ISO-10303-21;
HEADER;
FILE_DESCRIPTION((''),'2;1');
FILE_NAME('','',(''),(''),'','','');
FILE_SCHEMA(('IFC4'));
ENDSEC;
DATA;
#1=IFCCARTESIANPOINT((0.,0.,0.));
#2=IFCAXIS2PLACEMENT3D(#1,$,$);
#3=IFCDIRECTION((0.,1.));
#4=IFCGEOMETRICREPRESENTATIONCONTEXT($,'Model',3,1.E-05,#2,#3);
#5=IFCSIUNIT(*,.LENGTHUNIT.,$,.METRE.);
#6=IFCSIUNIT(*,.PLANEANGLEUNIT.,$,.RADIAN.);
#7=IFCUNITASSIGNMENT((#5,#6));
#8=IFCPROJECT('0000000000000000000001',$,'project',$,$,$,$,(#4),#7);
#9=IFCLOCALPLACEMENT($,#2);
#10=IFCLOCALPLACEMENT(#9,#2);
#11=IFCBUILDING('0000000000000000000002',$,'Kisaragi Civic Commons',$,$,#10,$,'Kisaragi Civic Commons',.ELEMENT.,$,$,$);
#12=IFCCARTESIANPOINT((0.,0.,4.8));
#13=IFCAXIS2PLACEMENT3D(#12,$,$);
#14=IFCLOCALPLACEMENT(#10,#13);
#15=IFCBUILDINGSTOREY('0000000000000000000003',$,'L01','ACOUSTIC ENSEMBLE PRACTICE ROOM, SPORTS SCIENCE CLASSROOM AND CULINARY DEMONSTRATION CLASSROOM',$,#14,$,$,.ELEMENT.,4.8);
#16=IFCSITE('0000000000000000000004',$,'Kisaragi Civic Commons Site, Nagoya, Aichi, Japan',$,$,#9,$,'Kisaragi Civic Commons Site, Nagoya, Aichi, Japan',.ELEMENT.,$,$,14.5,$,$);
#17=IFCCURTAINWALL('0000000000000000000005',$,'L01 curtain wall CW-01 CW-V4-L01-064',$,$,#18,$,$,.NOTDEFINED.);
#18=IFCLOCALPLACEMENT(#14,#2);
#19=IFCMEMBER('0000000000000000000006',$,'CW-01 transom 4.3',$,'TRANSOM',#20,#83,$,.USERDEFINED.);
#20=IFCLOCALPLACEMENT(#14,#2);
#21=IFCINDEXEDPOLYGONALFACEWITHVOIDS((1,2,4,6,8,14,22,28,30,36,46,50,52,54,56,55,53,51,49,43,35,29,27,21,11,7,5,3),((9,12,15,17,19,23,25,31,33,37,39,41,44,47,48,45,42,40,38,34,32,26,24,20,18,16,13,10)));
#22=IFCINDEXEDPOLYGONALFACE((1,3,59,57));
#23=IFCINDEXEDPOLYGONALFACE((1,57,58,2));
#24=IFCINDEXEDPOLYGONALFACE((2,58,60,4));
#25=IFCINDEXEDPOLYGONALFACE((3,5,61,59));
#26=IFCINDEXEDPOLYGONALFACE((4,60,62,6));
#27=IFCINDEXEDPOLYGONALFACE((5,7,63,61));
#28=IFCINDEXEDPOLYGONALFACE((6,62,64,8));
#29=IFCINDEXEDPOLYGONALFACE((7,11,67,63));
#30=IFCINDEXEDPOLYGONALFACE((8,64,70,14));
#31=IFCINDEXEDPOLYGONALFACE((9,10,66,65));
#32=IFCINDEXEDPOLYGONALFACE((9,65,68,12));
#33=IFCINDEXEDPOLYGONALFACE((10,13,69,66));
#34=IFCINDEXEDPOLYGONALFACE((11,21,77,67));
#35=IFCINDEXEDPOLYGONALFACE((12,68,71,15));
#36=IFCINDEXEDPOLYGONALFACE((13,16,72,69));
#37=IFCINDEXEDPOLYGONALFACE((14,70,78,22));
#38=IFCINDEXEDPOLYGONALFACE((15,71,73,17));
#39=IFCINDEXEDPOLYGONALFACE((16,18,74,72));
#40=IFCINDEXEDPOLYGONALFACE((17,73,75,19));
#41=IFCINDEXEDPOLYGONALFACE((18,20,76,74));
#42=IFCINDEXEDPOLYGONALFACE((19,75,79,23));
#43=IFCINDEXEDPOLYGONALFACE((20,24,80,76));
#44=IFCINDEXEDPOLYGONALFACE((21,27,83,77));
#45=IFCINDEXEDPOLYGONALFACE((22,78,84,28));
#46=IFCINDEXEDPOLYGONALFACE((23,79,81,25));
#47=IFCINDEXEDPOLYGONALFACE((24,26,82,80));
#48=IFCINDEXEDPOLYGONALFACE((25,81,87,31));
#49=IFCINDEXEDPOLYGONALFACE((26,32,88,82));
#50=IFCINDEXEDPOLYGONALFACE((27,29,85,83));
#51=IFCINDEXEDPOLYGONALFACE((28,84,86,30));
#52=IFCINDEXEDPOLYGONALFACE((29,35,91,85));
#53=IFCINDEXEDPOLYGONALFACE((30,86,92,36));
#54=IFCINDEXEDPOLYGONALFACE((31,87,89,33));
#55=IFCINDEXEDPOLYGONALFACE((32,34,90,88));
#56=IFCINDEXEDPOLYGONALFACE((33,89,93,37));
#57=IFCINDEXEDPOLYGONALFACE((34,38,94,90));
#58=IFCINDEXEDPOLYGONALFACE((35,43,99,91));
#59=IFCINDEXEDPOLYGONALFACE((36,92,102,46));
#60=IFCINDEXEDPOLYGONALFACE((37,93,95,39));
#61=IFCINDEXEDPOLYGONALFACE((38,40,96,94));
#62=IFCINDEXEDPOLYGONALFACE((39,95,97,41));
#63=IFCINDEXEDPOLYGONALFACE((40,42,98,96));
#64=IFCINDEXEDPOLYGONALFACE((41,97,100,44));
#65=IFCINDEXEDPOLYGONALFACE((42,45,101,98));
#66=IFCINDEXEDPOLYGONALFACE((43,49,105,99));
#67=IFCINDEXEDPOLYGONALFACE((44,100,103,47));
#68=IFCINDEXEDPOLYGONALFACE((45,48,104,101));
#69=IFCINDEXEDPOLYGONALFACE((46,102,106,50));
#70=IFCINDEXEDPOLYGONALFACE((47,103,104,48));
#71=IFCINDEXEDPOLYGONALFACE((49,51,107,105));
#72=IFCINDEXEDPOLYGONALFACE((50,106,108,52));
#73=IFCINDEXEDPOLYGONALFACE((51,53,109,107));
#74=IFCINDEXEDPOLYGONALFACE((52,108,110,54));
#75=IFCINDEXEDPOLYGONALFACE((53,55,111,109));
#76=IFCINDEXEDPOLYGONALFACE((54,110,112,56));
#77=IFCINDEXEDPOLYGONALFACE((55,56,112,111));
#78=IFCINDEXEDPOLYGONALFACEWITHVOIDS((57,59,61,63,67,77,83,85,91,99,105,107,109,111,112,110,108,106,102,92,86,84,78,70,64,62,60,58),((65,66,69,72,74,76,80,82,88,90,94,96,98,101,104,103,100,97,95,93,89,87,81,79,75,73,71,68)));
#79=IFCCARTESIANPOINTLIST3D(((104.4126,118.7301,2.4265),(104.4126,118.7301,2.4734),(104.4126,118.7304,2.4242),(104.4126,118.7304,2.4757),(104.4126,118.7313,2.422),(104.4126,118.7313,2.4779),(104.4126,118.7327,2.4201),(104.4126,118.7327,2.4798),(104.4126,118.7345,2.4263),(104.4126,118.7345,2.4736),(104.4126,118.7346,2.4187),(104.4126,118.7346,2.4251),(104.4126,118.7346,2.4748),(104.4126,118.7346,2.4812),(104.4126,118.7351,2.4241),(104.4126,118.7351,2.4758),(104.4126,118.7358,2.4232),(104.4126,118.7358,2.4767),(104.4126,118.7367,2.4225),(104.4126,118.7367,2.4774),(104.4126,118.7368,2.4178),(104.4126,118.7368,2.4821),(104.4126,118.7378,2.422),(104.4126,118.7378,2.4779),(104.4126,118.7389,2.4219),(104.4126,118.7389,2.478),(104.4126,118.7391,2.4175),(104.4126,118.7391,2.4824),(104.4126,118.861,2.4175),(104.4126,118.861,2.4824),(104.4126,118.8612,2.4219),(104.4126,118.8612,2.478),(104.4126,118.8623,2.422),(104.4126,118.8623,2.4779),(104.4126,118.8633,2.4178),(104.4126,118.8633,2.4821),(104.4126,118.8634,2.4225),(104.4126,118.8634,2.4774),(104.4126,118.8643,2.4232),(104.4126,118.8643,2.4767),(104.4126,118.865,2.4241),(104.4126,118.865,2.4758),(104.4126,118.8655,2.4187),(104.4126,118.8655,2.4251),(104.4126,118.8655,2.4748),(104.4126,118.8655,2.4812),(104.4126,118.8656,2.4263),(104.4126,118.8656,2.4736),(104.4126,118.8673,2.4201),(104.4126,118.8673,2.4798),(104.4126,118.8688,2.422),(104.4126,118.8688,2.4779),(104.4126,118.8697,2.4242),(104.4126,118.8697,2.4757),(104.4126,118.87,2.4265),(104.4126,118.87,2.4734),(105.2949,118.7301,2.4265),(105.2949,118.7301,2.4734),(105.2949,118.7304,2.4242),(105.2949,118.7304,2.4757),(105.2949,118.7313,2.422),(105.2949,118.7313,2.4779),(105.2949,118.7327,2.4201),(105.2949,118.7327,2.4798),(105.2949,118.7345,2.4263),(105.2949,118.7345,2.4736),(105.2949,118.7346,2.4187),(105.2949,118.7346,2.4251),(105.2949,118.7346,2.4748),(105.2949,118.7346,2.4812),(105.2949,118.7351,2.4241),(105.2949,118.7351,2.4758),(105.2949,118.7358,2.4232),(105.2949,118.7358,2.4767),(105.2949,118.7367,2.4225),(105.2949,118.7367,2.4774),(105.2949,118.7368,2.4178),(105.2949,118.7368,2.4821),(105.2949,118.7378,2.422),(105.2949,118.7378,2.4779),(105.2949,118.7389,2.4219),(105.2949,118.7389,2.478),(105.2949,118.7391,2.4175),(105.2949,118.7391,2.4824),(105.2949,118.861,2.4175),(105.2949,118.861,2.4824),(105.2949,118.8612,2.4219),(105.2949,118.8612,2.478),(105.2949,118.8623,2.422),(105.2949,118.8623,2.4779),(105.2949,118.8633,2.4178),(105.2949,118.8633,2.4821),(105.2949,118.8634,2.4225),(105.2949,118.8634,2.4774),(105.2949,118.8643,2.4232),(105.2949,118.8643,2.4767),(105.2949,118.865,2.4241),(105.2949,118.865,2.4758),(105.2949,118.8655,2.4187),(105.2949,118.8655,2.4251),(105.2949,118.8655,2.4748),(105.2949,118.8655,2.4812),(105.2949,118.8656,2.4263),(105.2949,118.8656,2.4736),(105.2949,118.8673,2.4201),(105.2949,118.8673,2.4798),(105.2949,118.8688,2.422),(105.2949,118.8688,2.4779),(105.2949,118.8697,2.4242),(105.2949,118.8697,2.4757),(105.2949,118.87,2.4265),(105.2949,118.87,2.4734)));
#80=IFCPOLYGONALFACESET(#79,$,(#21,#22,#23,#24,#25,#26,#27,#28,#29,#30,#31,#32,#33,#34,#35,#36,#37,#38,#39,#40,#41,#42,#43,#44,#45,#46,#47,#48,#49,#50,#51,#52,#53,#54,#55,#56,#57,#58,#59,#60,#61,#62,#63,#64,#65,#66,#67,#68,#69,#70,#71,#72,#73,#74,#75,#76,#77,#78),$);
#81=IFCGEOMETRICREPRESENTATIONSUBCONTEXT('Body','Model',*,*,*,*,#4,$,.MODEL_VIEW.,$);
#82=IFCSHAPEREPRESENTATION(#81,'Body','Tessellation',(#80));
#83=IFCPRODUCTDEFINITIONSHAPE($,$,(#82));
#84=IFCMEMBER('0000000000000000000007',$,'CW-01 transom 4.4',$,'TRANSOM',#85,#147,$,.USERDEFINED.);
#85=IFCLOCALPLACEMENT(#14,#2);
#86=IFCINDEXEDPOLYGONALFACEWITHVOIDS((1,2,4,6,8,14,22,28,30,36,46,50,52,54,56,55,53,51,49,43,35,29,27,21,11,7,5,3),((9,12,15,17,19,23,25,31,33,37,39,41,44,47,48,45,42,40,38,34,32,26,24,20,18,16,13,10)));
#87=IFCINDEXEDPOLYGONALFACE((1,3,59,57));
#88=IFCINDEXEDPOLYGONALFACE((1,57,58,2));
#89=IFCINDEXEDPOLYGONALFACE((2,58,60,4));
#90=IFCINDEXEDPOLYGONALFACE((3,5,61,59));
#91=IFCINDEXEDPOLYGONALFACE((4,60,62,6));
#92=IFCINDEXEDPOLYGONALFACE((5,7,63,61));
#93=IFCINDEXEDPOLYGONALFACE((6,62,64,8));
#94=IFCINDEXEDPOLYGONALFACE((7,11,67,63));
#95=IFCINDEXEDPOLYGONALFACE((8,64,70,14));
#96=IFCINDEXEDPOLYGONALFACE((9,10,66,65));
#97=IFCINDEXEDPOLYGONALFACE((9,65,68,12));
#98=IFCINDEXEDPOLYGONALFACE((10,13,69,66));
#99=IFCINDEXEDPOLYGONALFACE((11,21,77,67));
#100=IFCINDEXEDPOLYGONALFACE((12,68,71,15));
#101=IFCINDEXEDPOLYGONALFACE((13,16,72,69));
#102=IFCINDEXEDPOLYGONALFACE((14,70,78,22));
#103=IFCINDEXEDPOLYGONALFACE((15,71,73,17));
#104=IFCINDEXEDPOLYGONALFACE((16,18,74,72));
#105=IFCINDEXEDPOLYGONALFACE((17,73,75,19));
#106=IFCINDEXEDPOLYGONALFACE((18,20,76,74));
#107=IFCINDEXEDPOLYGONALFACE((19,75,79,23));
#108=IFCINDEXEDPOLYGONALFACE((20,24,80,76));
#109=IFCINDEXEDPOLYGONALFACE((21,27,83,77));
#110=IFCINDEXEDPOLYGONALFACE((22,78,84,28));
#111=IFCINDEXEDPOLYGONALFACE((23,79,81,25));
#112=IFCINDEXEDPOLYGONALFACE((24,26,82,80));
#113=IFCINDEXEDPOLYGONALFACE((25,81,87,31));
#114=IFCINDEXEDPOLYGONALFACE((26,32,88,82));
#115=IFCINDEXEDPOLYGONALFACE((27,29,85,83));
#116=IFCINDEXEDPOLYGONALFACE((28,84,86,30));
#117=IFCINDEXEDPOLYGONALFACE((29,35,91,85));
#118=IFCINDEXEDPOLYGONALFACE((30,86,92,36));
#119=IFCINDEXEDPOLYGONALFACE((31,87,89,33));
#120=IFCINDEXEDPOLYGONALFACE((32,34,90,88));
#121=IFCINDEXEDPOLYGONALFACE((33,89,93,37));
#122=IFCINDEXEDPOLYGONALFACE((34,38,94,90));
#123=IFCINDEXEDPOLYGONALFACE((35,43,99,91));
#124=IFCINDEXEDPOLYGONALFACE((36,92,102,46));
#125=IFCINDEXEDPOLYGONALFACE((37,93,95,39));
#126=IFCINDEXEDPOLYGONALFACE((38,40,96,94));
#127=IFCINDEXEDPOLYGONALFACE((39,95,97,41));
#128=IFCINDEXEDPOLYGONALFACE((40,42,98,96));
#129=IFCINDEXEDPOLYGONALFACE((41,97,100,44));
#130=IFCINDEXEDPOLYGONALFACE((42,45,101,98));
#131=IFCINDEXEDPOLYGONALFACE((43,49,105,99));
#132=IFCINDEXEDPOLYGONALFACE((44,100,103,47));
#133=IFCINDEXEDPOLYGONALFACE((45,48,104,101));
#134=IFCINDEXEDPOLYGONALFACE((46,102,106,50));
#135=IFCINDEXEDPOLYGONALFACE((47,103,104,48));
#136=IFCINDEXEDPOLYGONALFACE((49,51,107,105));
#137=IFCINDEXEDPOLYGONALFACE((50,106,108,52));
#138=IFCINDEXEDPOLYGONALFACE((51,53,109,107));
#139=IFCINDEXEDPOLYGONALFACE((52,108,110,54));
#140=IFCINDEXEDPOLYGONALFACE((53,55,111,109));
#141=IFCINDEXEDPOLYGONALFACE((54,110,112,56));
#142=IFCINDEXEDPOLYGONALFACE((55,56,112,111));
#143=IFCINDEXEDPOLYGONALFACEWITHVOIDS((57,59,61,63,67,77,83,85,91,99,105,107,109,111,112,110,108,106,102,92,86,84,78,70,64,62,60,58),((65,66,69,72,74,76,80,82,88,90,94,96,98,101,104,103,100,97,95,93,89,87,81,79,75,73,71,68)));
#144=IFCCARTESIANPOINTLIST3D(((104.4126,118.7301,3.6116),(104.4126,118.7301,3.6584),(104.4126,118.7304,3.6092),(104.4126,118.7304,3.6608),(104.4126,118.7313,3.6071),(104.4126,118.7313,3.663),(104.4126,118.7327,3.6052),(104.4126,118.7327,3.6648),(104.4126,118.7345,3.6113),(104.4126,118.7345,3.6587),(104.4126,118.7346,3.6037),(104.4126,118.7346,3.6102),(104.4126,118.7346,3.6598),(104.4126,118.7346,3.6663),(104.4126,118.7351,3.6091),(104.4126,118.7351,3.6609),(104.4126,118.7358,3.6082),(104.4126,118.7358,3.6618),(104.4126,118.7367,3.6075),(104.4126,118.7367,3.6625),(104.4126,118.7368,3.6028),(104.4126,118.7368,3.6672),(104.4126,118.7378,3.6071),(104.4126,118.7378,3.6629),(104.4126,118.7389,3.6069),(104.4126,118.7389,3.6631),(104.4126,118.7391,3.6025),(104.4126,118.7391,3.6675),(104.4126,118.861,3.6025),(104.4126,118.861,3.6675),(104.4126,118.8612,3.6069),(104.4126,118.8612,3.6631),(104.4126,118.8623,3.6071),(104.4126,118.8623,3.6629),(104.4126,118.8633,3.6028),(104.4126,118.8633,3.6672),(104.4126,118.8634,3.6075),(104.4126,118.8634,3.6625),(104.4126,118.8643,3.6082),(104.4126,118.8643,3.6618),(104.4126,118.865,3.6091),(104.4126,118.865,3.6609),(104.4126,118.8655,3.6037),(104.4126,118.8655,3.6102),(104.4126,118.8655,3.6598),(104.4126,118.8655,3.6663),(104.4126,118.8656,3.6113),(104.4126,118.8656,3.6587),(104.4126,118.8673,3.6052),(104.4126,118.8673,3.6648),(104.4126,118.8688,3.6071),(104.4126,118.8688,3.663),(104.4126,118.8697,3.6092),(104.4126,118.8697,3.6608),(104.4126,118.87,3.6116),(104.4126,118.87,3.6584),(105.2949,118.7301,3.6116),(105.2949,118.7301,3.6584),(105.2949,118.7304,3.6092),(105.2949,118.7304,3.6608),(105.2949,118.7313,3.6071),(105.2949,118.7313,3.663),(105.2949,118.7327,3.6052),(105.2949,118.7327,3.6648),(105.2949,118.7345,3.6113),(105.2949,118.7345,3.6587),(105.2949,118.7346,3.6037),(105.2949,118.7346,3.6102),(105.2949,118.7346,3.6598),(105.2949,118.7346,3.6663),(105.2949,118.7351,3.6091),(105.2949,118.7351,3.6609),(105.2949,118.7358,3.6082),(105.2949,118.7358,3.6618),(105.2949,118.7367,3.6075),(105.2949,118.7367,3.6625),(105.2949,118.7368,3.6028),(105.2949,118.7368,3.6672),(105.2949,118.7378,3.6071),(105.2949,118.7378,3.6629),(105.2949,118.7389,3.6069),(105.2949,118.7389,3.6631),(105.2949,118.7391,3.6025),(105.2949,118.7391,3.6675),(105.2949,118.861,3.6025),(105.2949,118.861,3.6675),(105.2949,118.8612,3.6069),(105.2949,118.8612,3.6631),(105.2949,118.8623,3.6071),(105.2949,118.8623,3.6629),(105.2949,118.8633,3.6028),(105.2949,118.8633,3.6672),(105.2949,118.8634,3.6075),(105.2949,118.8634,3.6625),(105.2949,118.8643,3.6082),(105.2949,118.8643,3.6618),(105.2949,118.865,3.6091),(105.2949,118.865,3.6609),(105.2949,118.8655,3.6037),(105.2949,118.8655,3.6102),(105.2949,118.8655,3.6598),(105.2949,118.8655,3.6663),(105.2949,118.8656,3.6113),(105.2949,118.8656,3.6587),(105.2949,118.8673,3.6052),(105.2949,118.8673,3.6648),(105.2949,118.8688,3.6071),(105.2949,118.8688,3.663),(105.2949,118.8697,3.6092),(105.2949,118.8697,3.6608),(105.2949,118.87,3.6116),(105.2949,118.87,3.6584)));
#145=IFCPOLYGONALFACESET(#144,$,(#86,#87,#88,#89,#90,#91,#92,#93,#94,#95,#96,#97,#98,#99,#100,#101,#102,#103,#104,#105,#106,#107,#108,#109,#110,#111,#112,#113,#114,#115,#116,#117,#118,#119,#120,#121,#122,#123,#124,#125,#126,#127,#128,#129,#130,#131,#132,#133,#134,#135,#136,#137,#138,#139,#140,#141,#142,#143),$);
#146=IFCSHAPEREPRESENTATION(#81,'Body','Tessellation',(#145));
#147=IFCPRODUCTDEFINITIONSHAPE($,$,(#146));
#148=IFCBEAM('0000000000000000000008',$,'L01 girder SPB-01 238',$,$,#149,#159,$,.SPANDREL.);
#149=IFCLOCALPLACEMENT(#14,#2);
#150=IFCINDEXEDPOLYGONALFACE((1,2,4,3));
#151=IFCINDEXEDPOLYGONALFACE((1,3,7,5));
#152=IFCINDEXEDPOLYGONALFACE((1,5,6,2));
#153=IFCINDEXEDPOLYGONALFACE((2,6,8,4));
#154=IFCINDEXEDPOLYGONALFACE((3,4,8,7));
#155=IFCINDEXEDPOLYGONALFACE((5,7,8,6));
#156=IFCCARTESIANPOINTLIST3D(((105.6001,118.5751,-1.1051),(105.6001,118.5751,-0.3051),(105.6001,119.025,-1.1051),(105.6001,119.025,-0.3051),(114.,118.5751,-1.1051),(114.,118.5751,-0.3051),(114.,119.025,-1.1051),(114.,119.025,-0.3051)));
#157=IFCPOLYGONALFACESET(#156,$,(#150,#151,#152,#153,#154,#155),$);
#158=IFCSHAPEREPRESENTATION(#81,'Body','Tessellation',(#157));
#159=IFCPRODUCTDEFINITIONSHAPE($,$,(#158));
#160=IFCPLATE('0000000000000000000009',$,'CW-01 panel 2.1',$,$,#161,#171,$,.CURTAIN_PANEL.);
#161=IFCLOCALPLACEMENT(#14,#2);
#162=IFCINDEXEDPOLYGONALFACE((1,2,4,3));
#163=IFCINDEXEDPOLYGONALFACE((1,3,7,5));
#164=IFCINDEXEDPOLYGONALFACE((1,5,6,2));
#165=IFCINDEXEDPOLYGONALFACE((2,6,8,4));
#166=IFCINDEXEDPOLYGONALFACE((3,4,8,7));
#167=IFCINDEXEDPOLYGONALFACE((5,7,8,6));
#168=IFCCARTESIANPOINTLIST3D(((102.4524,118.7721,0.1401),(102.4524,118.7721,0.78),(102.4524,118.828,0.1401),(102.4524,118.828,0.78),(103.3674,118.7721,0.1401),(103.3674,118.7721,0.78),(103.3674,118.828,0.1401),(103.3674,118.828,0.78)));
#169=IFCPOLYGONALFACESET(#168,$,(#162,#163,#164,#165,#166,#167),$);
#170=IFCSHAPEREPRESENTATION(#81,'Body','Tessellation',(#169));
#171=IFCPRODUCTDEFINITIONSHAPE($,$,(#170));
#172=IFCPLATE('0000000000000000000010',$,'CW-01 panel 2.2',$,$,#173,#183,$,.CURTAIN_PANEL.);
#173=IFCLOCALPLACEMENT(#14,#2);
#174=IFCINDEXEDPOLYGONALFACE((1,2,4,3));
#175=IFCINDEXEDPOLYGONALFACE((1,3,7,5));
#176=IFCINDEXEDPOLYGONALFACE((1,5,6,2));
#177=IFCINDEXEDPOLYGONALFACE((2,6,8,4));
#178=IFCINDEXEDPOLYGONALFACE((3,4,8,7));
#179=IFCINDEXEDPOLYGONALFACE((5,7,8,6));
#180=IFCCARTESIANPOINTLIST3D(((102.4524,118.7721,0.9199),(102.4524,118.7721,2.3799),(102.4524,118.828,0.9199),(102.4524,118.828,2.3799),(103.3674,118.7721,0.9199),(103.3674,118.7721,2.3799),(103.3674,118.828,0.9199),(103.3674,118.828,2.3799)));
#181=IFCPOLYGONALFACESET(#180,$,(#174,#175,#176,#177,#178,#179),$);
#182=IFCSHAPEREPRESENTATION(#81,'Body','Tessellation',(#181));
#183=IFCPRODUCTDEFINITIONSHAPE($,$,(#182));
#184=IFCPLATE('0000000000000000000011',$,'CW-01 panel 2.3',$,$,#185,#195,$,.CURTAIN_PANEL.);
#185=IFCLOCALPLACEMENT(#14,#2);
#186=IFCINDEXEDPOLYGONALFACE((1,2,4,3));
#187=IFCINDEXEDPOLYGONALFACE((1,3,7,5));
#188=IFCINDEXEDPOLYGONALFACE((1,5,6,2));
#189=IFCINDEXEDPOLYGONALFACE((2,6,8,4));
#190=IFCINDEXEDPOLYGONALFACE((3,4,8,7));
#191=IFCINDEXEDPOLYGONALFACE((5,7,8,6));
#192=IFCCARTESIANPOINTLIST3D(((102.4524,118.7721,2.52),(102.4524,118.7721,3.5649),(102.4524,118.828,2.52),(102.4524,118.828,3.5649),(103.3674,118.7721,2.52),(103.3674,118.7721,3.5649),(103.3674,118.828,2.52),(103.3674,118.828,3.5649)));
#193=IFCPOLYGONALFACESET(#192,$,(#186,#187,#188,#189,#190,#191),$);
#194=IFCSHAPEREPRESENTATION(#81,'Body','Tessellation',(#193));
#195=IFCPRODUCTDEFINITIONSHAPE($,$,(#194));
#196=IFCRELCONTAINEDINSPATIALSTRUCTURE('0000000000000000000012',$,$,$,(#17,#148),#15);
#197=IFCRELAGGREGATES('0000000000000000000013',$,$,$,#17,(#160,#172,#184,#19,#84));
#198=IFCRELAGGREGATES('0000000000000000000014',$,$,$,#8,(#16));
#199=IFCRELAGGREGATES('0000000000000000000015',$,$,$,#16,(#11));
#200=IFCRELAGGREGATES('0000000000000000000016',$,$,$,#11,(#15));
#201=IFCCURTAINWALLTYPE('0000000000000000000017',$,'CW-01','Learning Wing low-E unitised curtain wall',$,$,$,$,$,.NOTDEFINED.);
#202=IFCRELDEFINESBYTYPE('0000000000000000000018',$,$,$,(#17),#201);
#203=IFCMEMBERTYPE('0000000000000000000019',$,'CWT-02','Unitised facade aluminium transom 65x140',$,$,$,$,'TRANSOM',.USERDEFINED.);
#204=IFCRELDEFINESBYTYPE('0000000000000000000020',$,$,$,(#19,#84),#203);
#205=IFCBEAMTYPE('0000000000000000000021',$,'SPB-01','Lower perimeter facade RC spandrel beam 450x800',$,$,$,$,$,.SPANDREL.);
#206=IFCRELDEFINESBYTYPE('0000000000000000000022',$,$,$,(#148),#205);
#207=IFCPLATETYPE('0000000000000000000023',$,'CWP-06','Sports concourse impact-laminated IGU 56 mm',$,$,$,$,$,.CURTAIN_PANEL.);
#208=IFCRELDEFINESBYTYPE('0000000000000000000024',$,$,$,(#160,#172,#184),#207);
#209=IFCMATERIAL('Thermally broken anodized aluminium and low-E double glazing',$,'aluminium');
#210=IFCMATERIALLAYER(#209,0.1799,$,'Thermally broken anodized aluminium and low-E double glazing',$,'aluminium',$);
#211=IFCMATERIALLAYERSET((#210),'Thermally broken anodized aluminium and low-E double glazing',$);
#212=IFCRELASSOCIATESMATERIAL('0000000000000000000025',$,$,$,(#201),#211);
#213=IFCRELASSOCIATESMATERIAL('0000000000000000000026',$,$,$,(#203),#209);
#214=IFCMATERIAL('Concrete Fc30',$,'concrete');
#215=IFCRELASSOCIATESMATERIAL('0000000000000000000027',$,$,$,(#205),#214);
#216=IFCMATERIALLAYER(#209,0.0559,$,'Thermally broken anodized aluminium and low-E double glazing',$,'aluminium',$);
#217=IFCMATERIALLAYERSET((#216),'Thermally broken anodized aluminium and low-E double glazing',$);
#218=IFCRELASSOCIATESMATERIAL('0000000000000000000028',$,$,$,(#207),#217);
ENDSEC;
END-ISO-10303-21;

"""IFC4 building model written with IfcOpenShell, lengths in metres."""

from ifc_helpers import new_model, si_unit, direction, frame, origin, origin_2d, place, context, subcontext, project, spatial, rectangle, hollow_rectangle, extrude, material, layer, layer_set, material_profile, profile_set, type_object, element, aggregate, save


model = new_model("IFC4")

# Units and contexts
model_context = context("Model", 3, precision=1e-05, world=origin(), true_north=direction((0.0, 1.0)))
body_context = subcontext(model_context, "Body", "Model", "MODEL_VIEW")
ifc_project = project(units=[si_unit("LENGTHUNIT", "METRE"), si_unit("PLANEANGLEUNIT", "RADIAN")], contexts=[model_context])

# Site, building, storey
site_placement = place(None, origin())
site = spatial("IfcSite", under=ifc_project, at=site_placement, Name="Kisaragi Civic Commons Site, Nagoya, Aichi, Japan", LongName="Kisaragi Civic Commons Site, Nagoya, Aichi, Japan", CompositionType="ELEMENT", RefElevation=14.5)
building_placement = place(site_placement, origin())
building = spatial("IfcBuilding", under=site, at=building_placement, Name="Kisaragi Civic Commons", LongName="Kisaragi Civic Commons", CompositionType="ELEMENT")
storey_placement = place(building_placement, frame((0.0, 0.0, 4.8)))
storey = spatial("IfcBuildingStorey", under=building, at=storey_placement, Name="L01", Description="ACOUSTIC ENSEMBLE PRACTICE ROOM, SPORTS SCIENCE CLASSROOM AND CULINARY DEMONSTRATION CLASSROOM", CompositionType="ELEMENT", Elevation=4.8)

# Curtain wall, members
ifc_material_1 = material(Name="Thermally broken anodized aluminium and low-E double glazing", Category="aluminium")
ifc_layer_1 = layer(ifc_material_1, 0.1799, Name="Thermally broken anodized aluminium and low-E double glazing", Category="aluminium")
ifc_layer_set_1 = layer_set([ifc_layer_1], Name="Thermally broken anodized aluminium and low-E double glazing")
curtain_wall_type = type_object("IfcCurtainWallType", Name="CW-01", Description="Learning Wing low-E unitised curtain wall", PredefinedType="NOTDEFINED", material=ifc_layer_set_1)
curtain_wall_placement = place(storey_placement, origin())
curtain_wall = element("IfcCurtainWall", 1, at=curtain_wall_placement, inside=storey, type_object=curtain_wall_type, Name="L01 curtain wall CW-01 CW-V4-L01-064", PredefinedType="NOTDEFINED")
ifc_material_profile_1 = material_profile(ifc_material_1, hollow_rectangle(XDim=0.1399, YDim=0.0649, WallThickness=0.0044, InnerFilletRadius=0.0044, OuterFilletRadius=0.009, at=origin_2d()), Name="CWT-65x140x4.5", Category="aluminium")
ifc_profile_set_1 = profile_set([ifc_material_profile_1], Name="Thermally broken anodized aluminium and low-E double glazing")
member_type_1 = type_object("IfcMemberType", Name="CWT-02", Description="Unitised facade aluminium transom 65x140", ElementType="TRANSOM", PredefinedType="USERDEFINED", material=ifc_profile_set_1)
member_1_placement = place(storey_placement, frame((104.4126, 118.8, 2.45), z_axis=(1.0, 0.0, 0.0), x_axis=(0.0, 1.0, 0.0)))
member_1 = element("IfcMember", 2, at=member_1_placement, type_object=member_type_1, Name="CW-01 transom 4.3", ObjectType="TRANSOM", PredefinedType="USERDEFINED", context=body_context, shape_type="SweptSolid", body=[
    extrude(hollow_rectangle(XDim=0.1399, YDim=0.0649, WallThickness=0.0044, InnerFilletRadius=0.0044, OuterFilletRadius=0.009, at=origin_2d()), origin(), (0.0, 0.0, 1.0), 0.8823),
])
member_2_placement = place(storey_placement, frame((104.4126, 118.8, 3.635), z_axis=(1.0, 0.0, 0.0), x_axis=(0.0, 1.0, 0.0)))
member_2 = element("IfcMember", 3, at=member_2_placement, type_object=member_type_1, Name="CW-01 transom 4.4", ObjectType="TRANSOM", PredefinedType="USERDEFINED", context=body_context, shape_type="SweptSolid", body=[
    extrude(hollow_rectangle(XDim=0.1399, YDim=0.0649, WallThickness=0.0044, InnerFilletRadius=0.0044, OuterFilletRadius=0.009, at=origin_2d()), origin(), (0.0, 0.0, 1.0), 0.8823),
])

# Beam
ifc_material_2 = material(Name="Concrete Fc30", Category="concrete")
ifc_material_profile_2 = material_profile(ifc_material_2, rectangle(XDim=0.45, YDim=0.8, at=origin_2d()), Name="RC-450x800", Category="concrete")
ifc_profile_set_2 = profile_set([ifc_material_profile_2], Name="Concrete Fc30")
beam_type = type_object("IfcBeamType", Name="SPB-01", Description="Lower perimeter facade RC spandrel beam 450x800", PredefinedType="SPANDREL", material=ifc_profile_set_2)
beam_placement = place(storey_placement, frame((105.6001, 118.8, -0.7051), z_axis=(1.0, 0.0, 0.0), x_axis=(0.0, 1.0, 0.0)))
element("IfcBeam", 4, at=beam_placement, inside=storey, type_object=beam_type, Name="L01 girder SPB-01 238", PredefinedType="SPANDREL", context=body_context, shape_type="SweptSolid", body=[
    extrude(rectangle(XDim=0.45, YDim=0.8, at=origin_2d()), origin(), (0.0, 0.0, 1.0), 8.3999),
])

# Plates
ifc_layer_2 = layer(ifc_material_1, 0.0559, Name="Thermally broken anodized aluminium and low-E double glazing", Category="aluminium")
ifc_layer_set_2 = layer_set([ifc_layer_2], Name="Thermally broken anodized aluminium and low-E double glazing")
plate_type = type_object("IfcPlateType", Name="CWP-06", Description="Sports concourse impact-laminated IGU 56 mm", PredefinedType="CURTAIN_PANEL", material=ifc_layer_set_2)
plate_1_placement = place(storey_placement, frame((102.9099, 118.8, 0.1401), z_axis=(0.0, 0.0, 1.0), x_axis=(1.0, 0.0, 0.0)))
plate_1 = element("IfcPlate", 5, at=plate_1_placement, type_object=plate_type, Name="CW-01 panel 2.1", PredefinedType="CURTAIN_PANEL", context=body_context, shape_type="SweptSolid", body=[
    extrude(rectangle(XDim=0.915, YDim=0.0559, at=origin_2d()), origin(), (0.0, 0.0, 1.0), 0.6399),
])
plate_2_placement = place(storey_placement, frame((102.9099, 118.8, 0.9199), z_axis=(0.0, 0.0, 1.0), x_axis=(1.0, 0.0, 0.0)))
plate_2 = element("IfcPlate", 6, at=plate_2_placement, type_object=plate_type, Name="CW-01 panel 2.2", PredefinedType="CURTAIN_PANEL", context=body_context, shape_type="SweptSolid", body=[
    extrude(rectangle(XDim=0.915, YDim=0.0559, at=origin_2d()), origin(), (0.0, 0.0, 1.0), 1.46),
])
plate_3_placement = place(storey_placement, frame((102.9099, 118.8, 2.52), z_axis=(0.0, 0.0, 1.0), x_axis=(1.0, 0.0, 0.0)))
plate_3 = element("IfcPlate", 7, at=plate_3_placement, type_object=plate_type, Name="CW-01 panel 2.3", PredefinedType="CURTAIN_PANEL", context=body_context, shape_type="SweptSolid", body=[
    extrude(rectangle(XDim=0.915, YDim=0.0559, at=origin_2d()), origin(), (0.0, 0.0, 1.0), 1.0449),
])
aggregate(curtain_wall, [plate_1, plate_2, plate_3, member_1, member_2])

save(model, "model.ifc")
